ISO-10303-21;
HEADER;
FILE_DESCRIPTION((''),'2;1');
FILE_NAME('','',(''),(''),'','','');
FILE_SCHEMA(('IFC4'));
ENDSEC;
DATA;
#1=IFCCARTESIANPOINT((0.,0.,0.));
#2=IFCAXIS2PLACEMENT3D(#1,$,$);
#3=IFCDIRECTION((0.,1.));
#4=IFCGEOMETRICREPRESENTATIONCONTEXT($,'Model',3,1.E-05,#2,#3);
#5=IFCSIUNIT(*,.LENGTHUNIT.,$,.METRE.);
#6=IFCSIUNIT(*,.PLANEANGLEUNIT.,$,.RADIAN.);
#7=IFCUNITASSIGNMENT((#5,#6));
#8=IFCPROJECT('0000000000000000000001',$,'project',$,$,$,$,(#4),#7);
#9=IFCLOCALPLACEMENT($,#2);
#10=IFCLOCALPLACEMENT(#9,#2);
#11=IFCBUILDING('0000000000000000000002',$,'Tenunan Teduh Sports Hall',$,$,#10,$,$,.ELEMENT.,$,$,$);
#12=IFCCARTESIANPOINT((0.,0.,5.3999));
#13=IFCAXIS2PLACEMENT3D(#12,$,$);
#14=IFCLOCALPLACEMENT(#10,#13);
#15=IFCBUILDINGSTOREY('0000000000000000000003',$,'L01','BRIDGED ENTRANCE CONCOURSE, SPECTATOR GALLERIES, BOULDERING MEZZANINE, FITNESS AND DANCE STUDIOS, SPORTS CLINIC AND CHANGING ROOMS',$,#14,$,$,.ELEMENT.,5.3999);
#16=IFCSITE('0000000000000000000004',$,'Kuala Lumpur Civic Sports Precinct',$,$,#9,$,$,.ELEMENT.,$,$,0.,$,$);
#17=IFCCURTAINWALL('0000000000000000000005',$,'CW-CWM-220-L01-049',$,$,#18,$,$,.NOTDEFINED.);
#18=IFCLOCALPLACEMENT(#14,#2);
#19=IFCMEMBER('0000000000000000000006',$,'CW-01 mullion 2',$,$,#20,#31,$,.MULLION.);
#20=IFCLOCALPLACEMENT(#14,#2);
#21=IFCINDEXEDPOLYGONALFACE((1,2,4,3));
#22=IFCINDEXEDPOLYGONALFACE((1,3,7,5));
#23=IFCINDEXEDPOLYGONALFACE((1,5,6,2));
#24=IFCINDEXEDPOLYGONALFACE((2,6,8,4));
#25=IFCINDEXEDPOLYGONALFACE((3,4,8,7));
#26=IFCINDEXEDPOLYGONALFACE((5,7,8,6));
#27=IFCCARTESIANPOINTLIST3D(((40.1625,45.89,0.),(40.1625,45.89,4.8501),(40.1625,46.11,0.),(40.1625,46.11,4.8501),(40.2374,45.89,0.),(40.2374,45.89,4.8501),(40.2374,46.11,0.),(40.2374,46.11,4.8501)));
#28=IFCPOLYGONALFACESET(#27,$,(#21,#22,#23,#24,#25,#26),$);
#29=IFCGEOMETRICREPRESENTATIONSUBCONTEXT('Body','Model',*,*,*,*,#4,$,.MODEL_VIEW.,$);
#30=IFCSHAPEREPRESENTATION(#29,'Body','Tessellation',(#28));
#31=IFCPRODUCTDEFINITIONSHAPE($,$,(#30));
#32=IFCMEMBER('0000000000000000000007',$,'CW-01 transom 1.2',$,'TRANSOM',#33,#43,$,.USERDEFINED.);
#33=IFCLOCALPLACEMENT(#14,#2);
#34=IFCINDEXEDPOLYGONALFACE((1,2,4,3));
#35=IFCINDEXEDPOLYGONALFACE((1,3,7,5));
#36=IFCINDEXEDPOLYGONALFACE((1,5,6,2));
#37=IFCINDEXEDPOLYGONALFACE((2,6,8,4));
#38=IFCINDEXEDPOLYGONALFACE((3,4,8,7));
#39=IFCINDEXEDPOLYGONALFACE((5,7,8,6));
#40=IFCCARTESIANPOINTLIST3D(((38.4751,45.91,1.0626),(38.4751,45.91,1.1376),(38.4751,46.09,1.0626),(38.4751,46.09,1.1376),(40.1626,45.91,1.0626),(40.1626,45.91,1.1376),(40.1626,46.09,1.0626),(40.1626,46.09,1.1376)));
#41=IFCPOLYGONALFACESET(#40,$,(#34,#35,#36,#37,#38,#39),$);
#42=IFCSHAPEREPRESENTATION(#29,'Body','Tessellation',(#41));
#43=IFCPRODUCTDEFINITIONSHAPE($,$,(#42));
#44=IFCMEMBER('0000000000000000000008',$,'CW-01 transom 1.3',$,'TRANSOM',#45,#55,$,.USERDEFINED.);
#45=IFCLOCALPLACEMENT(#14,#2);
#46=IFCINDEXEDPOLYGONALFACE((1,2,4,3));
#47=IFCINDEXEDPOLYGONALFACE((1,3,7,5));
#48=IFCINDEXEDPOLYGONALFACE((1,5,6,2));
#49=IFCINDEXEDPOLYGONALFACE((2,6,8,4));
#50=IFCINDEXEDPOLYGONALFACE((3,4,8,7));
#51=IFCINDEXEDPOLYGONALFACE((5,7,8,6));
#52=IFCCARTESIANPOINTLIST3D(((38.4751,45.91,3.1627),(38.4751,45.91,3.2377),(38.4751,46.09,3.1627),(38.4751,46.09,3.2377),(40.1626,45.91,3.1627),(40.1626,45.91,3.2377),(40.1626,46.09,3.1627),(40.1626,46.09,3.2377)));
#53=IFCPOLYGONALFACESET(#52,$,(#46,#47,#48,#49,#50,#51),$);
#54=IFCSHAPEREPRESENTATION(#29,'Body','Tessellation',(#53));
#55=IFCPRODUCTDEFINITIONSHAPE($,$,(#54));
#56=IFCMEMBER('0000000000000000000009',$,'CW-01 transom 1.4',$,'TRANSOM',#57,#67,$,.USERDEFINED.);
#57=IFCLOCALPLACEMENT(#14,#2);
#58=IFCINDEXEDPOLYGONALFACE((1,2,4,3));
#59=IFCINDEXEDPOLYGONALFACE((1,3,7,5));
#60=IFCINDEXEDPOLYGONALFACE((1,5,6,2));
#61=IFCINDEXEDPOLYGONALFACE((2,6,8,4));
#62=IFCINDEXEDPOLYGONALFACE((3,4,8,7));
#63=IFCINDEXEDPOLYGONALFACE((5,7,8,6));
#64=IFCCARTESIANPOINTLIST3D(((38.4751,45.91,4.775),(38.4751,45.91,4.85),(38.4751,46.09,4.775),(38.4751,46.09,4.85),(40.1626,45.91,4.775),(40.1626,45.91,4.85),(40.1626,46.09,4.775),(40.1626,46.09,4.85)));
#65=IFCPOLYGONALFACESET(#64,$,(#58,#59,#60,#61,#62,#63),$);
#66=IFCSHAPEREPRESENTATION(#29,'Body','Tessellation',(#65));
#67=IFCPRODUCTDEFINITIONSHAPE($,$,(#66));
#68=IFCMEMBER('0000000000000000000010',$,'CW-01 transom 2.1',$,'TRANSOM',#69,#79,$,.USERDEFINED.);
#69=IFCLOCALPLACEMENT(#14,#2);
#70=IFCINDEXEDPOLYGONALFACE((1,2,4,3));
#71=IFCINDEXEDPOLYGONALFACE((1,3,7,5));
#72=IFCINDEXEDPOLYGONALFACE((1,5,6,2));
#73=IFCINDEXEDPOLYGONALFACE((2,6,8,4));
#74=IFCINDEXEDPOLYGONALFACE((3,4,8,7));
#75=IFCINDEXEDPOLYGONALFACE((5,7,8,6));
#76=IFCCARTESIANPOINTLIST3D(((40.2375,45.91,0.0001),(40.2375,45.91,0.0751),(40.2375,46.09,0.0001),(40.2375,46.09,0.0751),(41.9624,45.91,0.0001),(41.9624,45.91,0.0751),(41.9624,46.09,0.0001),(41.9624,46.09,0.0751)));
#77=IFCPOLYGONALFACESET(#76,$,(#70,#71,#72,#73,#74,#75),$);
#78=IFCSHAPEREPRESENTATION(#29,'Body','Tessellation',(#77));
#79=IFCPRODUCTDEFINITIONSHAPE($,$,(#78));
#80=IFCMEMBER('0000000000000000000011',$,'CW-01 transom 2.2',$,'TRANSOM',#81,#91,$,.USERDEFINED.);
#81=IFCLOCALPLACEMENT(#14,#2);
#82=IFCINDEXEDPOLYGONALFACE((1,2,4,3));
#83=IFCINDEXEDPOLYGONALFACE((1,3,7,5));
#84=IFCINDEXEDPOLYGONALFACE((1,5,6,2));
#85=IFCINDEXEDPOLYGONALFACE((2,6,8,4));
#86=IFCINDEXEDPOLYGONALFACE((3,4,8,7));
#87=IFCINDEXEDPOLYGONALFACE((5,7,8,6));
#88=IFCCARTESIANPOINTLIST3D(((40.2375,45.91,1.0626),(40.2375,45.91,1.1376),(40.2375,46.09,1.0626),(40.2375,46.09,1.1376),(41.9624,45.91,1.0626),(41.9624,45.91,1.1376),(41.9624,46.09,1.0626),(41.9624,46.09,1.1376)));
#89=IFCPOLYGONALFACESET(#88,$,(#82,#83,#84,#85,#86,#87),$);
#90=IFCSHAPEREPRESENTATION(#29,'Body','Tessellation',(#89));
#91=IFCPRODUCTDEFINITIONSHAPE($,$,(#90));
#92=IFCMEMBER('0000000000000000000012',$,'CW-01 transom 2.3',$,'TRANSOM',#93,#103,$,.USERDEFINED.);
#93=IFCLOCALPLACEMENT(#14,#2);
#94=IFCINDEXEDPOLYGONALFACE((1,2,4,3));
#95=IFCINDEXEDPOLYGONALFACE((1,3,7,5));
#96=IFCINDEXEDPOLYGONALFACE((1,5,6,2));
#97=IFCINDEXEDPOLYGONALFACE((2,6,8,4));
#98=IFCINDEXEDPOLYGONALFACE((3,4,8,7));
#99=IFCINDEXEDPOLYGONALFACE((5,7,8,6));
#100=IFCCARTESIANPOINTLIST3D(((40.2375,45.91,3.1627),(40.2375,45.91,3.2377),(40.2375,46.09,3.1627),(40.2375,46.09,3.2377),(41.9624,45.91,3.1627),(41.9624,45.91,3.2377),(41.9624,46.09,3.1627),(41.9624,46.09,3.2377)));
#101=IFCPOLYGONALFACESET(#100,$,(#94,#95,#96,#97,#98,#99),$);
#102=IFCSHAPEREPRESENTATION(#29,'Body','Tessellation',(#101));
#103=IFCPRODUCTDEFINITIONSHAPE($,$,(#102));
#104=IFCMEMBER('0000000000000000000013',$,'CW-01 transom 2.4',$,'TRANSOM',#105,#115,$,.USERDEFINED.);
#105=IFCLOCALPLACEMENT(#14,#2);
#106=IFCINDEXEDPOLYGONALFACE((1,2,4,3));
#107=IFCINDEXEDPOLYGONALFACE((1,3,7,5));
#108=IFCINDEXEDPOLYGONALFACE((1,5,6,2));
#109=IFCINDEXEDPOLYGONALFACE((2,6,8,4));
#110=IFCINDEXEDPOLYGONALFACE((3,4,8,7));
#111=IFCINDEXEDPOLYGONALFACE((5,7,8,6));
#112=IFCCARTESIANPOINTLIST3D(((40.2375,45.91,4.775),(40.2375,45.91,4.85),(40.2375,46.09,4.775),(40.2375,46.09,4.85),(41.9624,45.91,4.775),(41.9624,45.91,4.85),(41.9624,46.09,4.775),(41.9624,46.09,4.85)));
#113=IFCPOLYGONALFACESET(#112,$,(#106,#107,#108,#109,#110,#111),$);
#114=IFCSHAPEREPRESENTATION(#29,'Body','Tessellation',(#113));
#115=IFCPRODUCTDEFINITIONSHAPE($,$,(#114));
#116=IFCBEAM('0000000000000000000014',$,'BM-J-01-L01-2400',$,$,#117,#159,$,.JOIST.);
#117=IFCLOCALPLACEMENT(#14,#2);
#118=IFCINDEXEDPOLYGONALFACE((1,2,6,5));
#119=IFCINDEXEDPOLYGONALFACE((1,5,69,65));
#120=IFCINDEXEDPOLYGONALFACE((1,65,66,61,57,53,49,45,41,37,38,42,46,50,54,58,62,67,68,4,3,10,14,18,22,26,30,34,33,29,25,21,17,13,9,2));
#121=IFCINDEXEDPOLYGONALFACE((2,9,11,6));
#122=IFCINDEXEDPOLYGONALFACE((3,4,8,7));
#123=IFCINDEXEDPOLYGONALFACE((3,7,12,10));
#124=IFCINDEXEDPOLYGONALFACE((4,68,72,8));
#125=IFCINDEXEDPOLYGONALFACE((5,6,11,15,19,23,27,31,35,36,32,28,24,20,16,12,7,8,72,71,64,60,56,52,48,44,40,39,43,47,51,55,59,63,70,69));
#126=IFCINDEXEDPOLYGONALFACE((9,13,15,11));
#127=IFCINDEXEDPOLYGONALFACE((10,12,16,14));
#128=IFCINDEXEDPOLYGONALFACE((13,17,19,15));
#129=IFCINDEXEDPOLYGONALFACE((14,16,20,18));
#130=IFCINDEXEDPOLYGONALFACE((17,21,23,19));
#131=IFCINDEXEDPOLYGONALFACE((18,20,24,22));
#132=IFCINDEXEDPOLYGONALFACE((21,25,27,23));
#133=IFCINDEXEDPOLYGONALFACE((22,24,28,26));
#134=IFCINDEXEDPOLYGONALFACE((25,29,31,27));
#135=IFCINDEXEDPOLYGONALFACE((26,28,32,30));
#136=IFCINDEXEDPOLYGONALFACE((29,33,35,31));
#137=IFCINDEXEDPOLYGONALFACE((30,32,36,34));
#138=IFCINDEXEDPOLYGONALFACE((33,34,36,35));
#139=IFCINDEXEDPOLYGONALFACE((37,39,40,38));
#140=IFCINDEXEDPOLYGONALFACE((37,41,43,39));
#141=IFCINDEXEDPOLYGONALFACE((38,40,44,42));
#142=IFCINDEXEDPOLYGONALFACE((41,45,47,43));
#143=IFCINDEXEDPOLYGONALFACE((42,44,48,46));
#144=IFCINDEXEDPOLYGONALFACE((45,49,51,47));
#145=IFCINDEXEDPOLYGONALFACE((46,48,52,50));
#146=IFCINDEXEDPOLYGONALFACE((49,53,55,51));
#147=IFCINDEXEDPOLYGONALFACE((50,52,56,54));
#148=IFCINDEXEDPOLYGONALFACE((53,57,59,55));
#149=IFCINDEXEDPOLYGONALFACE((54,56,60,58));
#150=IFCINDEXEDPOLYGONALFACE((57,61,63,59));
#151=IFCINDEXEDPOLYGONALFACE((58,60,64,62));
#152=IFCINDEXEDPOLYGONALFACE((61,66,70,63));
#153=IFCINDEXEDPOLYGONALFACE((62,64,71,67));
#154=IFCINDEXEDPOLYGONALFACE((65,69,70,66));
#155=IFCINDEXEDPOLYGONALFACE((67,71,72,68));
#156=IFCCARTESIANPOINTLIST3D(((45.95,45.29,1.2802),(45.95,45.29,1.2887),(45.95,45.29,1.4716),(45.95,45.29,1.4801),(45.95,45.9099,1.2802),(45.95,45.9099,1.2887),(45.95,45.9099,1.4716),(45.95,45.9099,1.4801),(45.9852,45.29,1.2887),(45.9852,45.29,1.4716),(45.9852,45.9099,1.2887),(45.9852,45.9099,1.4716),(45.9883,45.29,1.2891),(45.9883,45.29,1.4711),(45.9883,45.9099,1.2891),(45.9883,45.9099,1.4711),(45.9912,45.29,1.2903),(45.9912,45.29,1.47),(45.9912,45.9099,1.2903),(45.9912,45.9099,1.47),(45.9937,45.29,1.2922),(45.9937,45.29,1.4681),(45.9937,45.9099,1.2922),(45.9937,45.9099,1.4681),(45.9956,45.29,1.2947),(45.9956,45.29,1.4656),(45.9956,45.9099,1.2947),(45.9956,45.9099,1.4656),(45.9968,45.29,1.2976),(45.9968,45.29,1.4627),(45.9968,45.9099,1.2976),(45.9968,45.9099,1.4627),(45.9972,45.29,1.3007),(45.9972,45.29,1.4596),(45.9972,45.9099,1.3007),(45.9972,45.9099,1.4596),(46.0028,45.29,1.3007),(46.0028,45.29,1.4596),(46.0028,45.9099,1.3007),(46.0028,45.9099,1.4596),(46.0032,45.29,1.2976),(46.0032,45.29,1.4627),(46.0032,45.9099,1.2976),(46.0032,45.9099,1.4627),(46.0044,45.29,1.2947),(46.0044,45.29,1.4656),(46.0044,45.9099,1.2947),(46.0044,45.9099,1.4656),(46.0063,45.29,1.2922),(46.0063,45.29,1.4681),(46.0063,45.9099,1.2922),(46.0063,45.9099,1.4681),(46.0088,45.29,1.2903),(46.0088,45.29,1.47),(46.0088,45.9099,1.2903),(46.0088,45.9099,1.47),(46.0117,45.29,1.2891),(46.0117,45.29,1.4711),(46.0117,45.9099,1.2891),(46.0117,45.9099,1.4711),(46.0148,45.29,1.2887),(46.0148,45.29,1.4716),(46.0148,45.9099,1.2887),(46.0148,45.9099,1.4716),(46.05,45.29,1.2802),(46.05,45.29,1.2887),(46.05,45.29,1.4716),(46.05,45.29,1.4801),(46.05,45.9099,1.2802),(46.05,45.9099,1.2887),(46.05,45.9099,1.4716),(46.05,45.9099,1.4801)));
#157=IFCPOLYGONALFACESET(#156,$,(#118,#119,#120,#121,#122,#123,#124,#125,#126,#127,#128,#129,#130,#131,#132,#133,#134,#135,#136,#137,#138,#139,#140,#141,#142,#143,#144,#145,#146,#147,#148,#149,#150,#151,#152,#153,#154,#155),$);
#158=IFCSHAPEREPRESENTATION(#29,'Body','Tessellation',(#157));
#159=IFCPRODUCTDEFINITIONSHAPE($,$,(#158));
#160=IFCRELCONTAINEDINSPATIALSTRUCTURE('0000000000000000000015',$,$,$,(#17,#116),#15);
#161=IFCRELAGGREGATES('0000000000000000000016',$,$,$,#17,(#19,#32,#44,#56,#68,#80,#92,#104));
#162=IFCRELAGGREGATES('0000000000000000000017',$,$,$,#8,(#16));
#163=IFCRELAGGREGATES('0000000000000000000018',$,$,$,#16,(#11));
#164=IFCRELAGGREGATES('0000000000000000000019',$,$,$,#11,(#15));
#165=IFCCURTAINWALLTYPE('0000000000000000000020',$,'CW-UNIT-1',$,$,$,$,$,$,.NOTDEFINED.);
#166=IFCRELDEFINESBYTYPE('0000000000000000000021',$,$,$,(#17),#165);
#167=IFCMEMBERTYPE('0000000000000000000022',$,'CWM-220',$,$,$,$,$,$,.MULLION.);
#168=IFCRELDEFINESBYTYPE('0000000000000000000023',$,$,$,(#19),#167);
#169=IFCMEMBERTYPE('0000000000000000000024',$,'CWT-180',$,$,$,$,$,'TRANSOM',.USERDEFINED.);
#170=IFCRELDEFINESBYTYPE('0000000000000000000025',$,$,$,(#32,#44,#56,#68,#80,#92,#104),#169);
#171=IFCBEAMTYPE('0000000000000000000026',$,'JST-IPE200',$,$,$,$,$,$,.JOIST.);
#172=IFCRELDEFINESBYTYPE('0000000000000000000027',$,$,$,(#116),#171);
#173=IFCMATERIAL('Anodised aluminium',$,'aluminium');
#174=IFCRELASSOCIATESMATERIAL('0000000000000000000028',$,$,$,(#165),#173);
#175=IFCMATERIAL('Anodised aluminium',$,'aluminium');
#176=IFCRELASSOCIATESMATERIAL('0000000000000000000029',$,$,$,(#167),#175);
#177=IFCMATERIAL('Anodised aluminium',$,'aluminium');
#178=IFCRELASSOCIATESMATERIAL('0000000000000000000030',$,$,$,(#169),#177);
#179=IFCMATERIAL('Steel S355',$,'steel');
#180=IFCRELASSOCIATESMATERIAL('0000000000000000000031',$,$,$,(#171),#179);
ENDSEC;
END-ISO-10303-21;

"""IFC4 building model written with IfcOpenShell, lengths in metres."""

from ifc_helpers import new_model, si_unit, direction, frame, origin, origin_2d, place, context, subcontext, project, spatial, rectangle, i_section, extrude, material, material_profile, profile_set, type_object, element, aggregate, save


model = new_model("IFC4")

# Units and contexts
model_context = context("Model", 3, precision=1e-05, world=origin(), true_north=direction((0.0, 1.0)))
body_context = subcontext(model_context, "Body", "Model", "MODEL_VIEW")
ifc_project = project(units=[si_unit("LENGTHUNIT", "METRE"), si_unit("PLANEANGLEUNIT", "RADIAN")], contexts=[model_context])

# Site, building, storey
site_placement = place(None, origin())
site = spatial("IfcSite", under=ifc_project, at=site_placement, Name="Kuala Lumpur Civic Sports Precinct", CompositionType="ELEMENT", RefElevation=0.0)
building_placement = place(site_placement, origin())
building = spatial("IfcBuilding", under=site, at=building_placement, Name="Tenunan Teduh Sports Hall", CompositionType="ELEMENT")
storey_placement = place(building_placement, frame((0.0, 0.0, 5.3999)))
storey = spatial("IfcBuildingStorey", under=building, at=storey_placement, Name="L01", Description="BRIDGED ENTRANCE CONCOURSE, SPECTATOR GALLERIES, BOULDERING MEZZANINE, FITNESS AND DANCE STUDIOS, SPORTS CLINIC AND CHANGING ROOMS", CompositionType="ELEMENT", Elevation=5.3999)

# Curtain wall, members
ifc_material_1 = material(Name="Anodised aluminium", Category="aluminium")
curtain_wall_type = type_object("IfcCurtainWallType", Name="CW-UNIT-1", PredefinedType="NOTDEFINED", material=ifc_material_1)
curtain_wall_placement = place(storey_placement, origin())
curtain_wall = element("IfcCurtainWall", 1, at=curtain_wall_placement, inside=storey, type_object=curtain_wall_type, Name="CW-CWM-220-L01-049", PredefinedType="NOTDEFINED")
ifc_material_2 = material(Name="Anodised aluminium", Category="aluminium")
ifc_material_profile_1 = material_profile(ifc_material_2, rectangle(XDim=0.075, YDim=0.22, at=origin_2d()), Name="CWM 75x220")
ifc_profile_set_1 = profile_set([ifc_material_profile_1], Name="Anodised aluminium")
member_type_1 = type_object("IfcMemberType", Name="CWM-220", PredefinedType="MULLION", material=ifc_profile_set_1)
member_1_placement = place(storey_placement, frame((40.2, 46.0, 0.0), z_axis=(0.0, 0.0, 1.0), x_axis=(1.0, 0.0, 0.0)))
member_1 = element("IfcMember", 2, at=member_1_placement, type_object=member_type_1, Name="CW-01 mullion 2", PredefinedType="MULLION", context=body_context, shape_type="SweptSolid", body=[
    extrude(rectangle(XDim=0.075, YDim=0.22, at=origin_2d()), origin(), (0.0, 0.0, 1.0), 4.8501),
])
ifc_material_3 = material(Name="Anodised aluminium", Category="aluminium")
ifc_material_profile_2 = material_profile(ifc_material_3, rectangle(XDim=0.075, YDim=0.1799, at=origin_2d()), Name="CWT 75x180")
ifc_profile_set_2 = profile_set([ifc_material_profile_2], Name="Anodised aluminium")
member_type_2 = type_object("IfcMemberType", Name="CWT-180", ElementType="TRANSOM", PredefinedType="USERDEFINED", material=ifc_profile_set_2)
member_2_placement = place(storey_placement, frame((38.4751, 46.0, 1.1001), z_axis=(1.0, 0.0, 0.0), x_axis=(0.0, 0.0, 1.0)))
member_2 = element("IfcMember", 3, at=member_2_placement, type_object=member_type_2, Name="CW-01 transom 1.2", ObjectType="TRANSOM", PredefinedType="USERDEFINED", context=body_context, shape_type="SweptSolid", body=[
    extrude(rectangle(XDim=0.075, YDim=0.1799, at=origin_2d()), origin(), (0.0, 0.0, 1.0), 1.6875),
])
member_3_placement = place(storey_placement, frame((38.4751, 46.0, 3.2002), z_axis=(1.0, 0.0, 0.0), x_axis=(0.0, 0.0, 1.0)))
member_3 = element("IfcMember", 4, at=member_3_placement, type_object=member_type_2, Name="CW-01 transom 1.3", ObjectType="TRANSOM", PredefinedType="USERDEFINED", context=body_context, shape_type="SweptSolid", body=[
    extrude(rectangle(XDim=0.075, YDim=0.1799, at=origin_2d()), origin(), (0.0, 0.0, 1.0), 1.6875),
])
member_4_placement = place(storey_placement, frame((38.4751, 46.0, 4.8125), z_axis=(1.0, 0.0, 0.0), x_axis=(0.0, 0.0, 1.0)))
member_4 = element("IfcMember", 5, at=member_4_placement, type_object=member_type_2, Name="CW-01 transom 1.4", ObjectType="TRANSOM", PredefinedType="USERDEFINED", context=body_context, shape_type="SweptSolid", body=[
    extrude(rectangle(XDim=0.075, YDim=0.1799, at=origin_2d()), origin(), (0.0, 0.0, 1.0), 1.6875),
])
member_5_placement = place(storey_placement, frame((40.2375, 46.0, 0.0376), z_axis=(1.0, 0.0, 0.0), x_axis=(0.0, 0.0, 1.0)))
member_5 = element("IfcMember", 6, at=member_5_placement, type_object=member_type_2, Name="CW-01 transom 2.1", ObjectType="TRANSOM", PredefinedType="USERDEFINED", context=body_context, shape_type="SweptSolid", body=[
    extrude(rectangle(XDim=0.075, YDim=0.1799, at=origin_2d()), origin(), (0.0, 0.0, 1.0), 1.7249),
])
member_6_placement = place(storey_placement, frame((40.2375, 46.0, 1.1001), z_axis=(1.0, 0.0, 0.0), x_axis=(0.0, 0.0, 1.0)))
member_6 = element("IfcMember", 7, at=member_6_placement, type_object=member_type_2, Name="CW-01 transom 2.2", ObjectType="TRANSOM", PredefinedType="USERDEFINED", context=body_context, shape_type="SweptSolid", body=[
    extrude(rectangle(XDim=0.075, YDim=0.1799, at=origin_2d()), origin(), (0.0, 0.0, 1.0), 1.7249),
])
member_7_placement = place(storey_placement, frame((40.2375, 46.0, 3.2002), z_axis=(1.0, 0.0, 0.0), x_axis=(0.0, 0.0, 1.0)))
member_7 = element("IfcMember", 8, at=member_7_placement, type_object=member_type_2, Name="CW-01 transom 2.3", ObjectType="TRANSOM", PredefinedType="USERDEFINED", context=body_context, shape_type="SweptSolid", body=[
    extrude(rectangle(XDim=0.075, YDim=0.1799, at=origin_2d()), origin(), (0.0, 0.0, 1.0), 1.7249),
])
member_8_placement = place(storey_placement, frame((40.2375, 46.0, 4.8125), z_axis=(1.0, 0.0, 0.0), x_axis=(0.0, 0.0, 1.0)))
member_8 = element("IfcMember", 9, at=member_8_placement, type_object=member_type_2, Name="CW-01 transom 2.4", ObjectType="TRANSOM", PredefinedType="USERDEFINED", context=body_context, shape_type="SweptSolid", body=[
    extrude(rectangle(XDim=0.075, YDim=0.1799, at=origin_2d()), origin(), (0.0, 0.0, 1.0), 1.7249),
])

# Beam
ifc_material_4 = material(Name="Steel S355", Category="steel")
ifc_material_profile_3 = material_profile(ifc_material_4, i_section(OverallWidth=0.1001, OverallDepth=0.2, WebThickness=0.0056, FlangeThickness=0.0085, FilletRadius=0.012, at=origin_2d()), Name="IPE 200")
ifc_profile_set_3 = profile_set([ifc_material_profile_3], Name="Steel S355")
beam_type_1 = type_object("IfcBeamType", Name="JST-IPE200", PredefinedType="JOIST", material=ifc_profile_set_3)
beam_1_placement = place(storey_placement, frame((46.0, 45.29, 1.3801), z_axis=(0.0, 1.0, 0.0), x_axis=(-1.0, 0.0, 0.0)))
element("IfcBeam", 10, at=beam_1_placement, inside=storey, type_object=beam_type_1, Name="BM-J-01-L01-2400", PredefinedType="JOIST", context=body_context, shape_type="SweptSolid", body=[
    extrude(i_section(OverallWidth=0.1001, OverallDepth=0.2, WebThickness=0.0056, FlangeThickness=0.0085, FilletRadius=0.012, at=origin_2d()), origin(), (0.0, 0.0, 1.0), 0.6199),
])

aggregate(curtain_wall, [member_1, member_2, member_3, member_4, member_5, member_6, member_7, member_8])

save(model, "model.ifc")
